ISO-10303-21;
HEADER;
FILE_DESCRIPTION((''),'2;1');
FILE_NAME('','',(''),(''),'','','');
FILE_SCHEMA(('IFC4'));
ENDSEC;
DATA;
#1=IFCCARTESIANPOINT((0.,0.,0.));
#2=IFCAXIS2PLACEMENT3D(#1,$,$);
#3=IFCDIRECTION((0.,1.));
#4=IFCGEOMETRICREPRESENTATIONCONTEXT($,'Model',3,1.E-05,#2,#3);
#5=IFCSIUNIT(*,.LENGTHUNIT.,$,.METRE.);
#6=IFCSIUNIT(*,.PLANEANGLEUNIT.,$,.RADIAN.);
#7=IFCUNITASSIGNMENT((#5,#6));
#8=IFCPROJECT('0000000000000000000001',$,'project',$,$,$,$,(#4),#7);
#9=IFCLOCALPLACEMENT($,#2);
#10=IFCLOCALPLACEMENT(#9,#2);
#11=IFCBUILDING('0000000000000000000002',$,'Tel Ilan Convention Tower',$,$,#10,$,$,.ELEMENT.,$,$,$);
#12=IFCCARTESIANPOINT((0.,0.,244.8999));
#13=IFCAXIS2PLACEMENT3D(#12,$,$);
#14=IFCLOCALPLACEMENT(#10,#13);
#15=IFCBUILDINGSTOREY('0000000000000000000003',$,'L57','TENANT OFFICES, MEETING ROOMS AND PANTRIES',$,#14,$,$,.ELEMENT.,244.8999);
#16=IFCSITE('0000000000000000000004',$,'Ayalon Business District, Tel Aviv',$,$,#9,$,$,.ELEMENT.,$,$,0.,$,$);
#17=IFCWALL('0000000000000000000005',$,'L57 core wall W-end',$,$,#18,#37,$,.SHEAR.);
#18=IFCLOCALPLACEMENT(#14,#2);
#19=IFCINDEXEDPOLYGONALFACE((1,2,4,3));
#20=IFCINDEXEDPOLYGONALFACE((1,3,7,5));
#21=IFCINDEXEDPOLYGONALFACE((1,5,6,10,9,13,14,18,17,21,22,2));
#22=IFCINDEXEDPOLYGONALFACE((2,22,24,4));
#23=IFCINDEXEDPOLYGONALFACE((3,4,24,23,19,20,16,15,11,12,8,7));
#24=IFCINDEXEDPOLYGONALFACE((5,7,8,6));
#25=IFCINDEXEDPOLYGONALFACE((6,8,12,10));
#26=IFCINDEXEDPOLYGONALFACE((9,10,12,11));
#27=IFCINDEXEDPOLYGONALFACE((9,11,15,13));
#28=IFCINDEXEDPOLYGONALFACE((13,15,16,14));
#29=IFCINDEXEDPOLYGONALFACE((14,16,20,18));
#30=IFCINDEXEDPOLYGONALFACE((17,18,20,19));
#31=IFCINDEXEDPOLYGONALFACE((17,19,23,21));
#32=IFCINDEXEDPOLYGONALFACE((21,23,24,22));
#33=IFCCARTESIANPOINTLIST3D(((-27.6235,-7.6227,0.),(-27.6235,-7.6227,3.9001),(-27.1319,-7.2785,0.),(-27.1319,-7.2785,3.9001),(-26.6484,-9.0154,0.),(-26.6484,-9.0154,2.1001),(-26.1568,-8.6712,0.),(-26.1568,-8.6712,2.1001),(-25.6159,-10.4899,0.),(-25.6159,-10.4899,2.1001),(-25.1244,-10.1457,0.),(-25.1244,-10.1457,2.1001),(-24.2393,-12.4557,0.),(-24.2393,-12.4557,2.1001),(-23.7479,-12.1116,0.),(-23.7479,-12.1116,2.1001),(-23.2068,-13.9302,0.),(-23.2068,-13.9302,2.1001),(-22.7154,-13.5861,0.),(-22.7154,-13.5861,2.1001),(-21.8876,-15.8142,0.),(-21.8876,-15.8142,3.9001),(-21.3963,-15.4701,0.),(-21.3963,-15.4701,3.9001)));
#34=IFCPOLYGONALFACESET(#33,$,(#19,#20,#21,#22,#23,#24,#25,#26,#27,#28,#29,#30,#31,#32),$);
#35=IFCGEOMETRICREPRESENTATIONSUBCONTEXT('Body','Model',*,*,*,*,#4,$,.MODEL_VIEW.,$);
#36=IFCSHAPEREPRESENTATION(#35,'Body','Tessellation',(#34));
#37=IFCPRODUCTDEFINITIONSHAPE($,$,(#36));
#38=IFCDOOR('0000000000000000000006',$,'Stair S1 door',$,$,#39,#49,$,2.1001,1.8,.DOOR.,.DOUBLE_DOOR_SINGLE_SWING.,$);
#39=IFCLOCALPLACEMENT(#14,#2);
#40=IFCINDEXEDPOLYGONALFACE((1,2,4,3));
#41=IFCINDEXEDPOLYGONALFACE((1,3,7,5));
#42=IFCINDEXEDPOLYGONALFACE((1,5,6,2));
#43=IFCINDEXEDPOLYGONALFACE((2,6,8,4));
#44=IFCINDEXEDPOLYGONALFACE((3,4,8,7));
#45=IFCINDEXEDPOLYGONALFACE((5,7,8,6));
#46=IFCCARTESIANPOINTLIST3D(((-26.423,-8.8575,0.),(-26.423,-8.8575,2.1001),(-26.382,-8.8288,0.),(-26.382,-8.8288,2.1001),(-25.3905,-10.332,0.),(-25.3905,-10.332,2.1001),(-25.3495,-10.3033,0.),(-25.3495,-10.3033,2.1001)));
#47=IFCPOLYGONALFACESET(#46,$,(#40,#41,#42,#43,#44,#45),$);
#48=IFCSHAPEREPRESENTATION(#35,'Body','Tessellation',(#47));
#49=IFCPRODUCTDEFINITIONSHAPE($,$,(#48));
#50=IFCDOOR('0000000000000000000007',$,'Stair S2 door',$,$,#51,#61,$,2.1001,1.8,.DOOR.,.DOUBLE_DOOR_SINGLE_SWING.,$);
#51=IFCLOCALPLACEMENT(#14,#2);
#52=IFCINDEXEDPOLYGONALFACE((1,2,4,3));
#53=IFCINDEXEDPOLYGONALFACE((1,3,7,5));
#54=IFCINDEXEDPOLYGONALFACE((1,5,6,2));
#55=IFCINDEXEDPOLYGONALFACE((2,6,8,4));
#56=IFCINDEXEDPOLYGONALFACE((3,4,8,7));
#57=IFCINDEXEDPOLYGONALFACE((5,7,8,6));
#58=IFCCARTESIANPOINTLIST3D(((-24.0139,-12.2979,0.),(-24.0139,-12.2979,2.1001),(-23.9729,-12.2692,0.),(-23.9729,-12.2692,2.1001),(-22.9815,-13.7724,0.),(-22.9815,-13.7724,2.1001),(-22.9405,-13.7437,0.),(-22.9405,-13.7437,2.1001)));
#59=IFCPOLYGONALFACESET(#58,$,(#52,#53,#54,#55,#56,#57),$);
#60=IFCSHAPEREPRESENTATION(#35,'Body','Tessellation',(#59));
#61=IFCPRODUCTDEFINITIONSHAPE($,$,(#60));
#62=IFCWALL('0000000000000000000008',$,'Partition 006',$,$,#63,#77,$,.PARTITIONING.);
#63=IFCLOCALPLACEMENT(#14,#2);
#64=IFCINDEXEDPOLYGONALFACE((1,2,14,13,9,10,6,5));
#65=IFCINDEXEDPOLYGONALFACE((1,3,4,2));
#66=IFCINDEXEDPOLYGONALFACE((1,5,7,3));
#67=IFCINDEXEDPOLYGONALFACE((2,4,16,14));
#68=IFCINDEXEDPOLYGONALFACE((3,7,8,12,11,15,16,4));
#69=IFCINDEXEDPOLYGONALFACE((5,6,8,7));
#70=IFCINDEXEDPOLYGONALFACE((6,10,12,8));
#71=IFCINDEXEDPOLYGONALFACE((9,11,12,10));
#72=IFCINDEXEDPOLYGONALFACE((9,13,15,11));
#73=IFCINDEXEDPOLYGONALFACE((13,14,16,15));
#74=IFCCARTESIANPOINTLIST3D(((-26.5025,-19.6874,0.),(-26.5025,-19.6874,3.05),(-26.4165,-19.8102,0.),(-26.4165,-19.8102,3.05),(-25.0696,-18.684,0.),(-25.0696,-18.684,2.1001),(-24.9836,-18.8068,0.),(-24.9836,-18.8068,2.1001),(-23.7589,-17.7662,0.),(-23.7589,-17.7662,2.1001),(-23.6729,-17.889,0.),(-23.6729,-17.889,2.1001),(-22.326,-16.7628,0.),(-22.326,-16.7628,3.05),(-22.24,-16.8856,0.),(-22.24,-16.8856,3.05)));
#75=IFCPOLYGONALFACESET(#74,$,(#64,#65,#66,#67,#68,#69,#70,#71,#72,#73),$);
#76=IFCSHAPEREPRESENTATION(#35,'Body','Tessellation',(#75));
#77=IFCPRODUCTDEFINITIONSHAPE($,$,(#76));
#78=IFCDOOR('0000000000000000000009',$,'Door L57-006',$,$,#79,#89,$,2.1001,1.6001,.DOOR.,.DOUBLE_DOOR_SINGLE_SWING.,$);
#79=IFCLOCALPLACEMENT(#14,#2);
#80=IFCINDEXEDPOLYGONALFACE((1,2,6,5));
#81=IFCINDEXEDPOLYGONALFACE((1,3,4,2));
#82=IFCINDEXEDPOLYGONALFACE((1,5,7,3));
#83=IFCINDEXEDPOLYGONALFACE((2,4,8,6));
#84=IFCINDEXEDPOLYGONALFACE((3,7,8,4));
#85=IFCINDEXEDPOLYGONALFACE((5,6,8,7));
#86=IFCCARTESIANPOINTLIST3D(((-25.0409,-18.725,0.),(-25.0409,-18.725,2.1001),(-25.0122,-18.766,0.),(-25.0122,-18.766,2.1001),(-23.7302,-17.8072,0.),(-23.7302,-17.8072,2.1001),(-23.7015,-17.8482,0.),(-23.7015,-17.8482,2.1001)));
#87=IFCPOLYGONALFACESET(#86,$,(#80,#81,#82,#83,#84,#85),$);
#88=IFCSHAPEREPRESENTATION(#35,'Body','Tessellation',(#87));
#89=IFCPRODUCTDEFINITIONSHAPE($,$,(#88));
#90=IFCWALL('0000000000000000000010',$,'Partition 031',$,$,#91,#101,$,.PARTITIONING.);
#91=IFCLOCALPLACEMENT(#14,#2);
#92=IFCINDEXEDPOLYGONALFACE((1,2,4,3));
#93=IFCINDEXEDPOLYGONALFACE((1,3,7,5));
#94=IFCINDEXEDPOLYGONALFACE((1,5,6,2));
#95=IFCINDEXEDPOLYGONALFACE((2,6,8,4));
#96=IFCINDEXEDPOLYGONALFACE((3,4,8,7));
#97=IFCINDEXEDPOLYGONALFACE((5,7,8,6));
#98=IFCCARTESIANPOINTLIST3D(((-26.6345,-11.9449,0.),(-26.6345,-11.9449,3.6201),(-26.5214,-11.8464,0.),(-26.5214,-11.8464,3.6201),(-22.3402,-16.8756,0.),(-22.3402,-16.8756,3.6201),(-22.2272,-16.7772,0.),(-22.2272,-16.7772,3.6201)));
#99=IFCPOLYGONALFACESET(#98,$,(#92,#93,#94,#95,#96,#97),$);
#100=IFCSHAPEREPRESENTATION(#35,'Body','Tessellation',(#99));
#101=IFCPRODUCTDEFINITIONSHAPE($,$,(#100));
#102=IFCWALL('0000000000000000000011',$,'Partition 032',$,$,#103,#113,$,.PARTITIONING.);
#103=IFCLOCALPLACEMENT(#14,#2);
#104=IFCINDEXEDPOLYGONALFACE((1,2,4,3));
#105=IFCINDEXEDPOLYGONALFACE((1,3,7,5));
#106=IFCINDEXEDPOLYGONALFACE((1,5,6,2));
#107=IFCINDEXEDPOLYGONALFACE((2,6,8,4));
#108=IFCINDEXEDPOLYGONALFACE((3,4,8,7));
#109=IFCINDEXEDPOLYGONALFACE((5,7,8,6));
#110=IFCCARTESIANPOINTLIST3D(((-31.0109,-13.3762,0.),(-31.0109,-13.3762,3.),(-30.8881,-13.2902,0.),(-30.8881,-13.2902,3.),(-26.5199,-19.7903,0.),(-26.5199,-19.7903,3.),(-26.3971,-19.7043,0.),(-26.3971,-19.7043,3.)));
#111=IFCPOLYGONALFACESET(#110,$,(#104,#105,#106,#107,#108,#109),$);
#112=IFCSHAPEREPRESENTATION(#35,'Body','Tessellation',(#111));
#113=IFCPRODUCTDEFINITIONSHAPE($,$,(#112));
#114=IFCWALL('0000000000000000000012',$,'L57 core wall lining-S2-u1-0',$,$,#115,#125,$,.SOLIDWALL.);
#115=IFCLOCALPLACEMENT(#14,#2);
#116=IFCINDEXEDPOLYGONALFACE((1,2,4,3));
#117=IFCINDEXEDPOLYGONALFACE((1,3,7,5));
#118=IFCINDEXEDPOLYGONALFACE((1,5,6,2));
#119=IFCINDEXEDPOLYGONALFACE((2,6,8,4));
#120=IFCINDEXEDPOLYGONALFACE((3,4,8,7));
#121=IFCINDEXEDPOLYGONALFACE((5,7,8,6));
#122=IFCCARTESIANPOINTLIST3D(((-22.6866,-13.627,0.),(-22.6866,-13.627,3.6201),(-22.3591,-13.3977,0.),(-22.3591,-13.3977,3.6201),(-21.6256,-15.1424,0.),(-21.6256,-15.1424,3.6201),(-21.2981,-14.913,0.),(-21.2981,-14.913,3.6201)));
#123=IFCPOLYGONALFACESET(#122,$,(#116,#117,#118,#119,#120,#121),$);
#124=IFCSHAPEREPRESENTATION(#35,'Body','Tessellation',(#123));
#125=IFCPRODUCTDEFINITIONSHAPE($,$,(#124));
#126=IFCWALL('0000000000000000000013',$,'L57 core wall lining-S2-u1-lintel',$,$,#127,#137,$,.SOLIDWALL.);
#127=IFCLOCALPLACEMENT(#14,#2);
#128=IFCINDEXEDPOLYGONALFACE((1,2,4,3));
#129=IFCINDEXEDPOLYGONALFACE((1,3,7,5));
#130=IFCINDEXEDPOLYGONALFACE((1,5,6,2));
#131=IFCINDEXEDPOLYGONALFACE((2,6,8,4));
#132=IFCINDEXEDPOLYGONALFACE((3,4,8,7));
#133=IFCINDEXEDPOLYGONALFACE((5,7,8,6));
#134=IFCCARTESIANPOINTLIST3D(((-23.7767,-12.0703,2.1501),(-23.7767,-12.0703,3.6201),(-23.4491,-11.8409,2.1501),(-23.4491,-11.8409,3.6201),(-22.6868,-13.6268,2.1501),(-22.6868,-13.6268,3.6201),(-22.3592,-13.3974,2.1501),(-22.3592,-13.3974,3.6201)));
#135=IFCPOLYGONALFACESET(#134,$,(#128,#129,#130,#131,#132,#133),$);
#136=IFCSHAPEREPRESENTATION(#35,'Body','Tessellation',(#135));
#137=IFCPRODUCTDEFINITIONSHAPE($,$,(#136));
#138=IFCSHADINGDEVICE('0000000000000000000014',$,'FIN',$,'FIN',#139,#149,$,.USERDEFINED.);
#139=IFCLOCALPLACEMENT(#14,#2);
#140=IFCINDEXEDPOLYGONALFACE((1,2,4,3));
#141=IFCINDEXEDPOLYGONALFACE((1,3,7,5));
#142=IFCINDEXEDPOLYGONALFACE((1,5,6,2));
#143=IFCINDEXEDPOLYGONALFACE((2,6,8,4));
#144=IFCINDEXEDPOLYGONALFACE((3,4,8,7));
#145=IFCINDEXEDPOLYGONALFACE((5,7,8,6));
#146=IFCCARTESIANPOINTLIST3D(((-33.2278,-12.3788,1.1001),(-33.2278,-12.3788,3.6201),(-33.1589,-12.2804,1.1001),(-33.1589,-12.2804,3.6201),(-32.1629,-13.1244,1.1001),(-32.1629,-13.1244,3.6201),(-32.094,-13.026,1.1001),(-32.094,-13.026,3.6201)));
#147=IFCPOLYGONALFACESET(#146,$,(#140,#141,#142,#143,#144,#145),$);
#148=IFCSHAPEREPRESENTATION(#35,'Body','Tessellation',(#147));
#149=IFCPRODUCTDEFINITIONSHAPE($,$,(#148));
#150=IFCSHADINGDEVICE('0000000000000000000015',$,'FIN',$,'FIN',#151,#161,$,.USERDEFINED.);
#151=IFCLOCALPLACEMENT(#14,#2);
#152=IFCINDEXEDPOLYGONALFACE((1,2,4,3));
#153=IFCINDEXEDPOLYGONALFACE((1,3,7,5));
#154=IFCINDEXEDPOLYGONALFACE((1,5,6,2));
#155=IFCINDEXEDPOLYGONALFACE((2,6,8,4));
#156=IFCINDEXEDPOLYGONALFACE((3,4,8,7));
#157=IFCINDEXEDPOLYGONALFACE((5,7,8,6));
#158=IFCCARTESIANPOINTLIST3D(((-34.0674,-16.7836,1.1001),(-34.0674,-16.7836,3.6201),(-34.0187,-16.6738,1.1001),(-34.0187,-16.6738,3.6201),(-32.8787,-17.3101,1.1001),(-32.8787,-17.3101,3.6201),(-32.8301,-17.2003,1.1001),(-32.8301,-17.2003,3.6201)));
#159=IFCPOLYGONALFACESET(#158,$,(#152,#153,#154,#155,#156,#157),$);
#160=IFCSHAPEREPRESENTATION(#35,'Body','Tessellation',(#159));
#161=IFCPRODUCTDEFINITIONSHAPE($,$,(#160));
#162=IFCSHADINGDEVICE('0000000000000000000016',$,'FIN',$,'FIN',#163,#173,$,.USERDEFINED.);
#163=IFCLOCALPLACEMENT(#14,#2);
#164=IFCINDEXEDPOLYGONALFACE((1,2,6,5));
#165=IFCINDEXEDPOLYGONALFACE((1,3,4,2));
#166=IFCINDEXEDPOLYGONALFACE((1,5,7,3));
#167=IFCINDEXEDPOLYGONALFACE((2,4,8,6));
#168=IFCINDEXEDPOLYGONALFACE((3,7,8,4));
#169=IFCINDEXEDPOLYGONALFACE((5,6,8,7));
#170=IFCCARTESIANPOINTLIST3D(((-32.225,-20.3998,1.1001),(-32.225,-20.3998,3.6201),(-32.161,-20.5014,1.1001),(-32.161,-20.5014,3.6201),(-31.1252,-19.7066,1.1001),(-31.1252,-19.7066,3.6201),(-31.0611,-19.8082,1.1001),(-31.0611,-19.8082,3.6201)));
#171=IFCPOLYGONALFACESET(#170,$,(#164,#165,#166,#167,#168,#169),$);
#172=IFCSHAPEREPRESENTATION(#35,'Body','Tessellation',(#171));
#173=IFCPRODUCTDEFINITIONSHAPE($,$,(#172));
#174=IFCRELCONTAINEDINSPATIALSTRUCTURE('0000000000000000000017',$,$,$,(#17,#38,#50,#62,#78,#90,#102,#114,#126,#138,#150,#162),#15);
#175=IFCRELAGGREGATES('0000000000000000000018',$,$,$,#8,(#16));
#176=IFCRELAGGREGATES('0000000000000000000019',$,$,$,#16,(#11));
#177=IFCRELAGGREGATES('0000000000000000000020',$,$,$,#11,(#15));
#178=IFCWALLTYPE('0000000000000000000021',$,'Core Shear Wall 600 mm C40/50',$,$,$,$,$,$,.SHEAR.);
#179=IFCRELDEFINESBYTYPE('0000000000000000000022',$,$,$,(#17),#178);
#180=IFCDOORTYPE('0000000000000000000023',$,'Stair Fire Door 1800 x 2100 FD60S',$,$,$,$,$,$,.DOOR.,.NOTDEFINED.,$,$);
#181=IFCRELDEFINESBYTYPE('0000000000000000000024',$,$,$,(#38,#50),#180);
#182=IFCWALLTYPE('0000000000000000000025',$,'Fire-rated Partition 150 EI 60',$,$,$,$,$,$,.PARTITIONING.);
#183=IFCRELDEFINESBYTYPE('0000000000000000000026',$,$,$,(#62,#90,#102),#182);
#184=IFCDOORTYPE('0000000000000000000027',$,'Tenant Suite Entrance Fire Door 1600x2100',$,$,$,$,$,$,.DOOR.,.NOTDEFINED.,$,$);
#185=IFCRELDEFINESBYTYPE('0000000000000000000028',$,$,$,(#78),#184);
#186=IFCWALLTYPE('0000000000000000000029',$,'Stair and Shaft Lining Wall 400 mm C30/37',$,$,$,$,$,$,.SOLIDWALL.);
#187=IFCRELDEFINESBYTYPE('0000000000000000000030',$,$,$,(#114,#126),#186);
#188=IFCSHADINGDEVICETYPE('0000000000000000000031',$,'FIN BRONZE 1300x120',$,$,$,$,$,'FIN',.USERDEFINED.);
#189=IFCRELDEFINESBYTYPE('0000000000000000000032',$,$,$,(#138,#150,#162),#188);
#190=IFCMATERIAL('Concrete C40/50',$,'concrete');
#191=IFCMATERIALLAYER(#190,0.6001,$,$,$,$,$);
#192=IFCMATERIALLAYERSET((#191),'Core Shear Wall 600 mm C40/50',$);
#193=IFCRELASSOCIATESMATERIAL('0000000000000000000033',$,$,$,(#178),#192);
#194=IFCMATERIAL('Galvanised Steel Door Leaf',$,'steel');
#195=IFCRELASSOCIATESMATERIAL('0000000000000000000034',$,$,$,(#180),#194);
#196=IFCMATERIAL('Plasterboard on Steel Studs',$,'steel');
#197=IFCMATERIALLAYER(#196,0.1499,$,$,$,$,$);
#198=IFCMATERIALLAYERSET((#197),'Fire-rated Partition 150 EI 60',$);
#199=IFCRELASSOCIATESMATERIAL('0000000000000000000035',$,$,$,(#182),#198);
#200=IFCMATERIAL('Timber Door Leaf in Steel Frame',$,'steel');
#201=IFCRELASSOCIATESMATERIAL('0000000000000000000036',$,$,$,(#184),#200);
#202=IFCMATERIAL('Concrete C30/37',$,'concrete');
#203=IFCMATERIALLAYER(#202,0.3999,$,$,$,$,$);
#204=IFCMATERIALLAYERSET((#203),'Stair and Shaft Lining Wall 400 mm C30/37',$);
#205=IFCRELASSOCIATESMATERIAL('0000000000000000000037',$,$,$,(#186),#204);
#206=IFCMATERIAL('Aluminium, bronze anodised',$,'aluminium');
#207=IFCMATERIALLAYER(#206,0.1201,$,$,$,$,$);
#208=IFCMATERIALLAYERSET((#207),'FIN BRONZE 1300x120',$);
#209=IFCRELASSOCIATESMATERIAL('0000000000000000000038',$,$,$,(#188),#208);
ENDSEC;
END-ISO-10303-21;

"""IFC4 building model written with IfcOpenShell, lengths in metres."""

from ifc_helpers import new_model, si_unit, direction, frame, frame_2d, origin, origin_2d, place, context, subcontext, project, spatial, polyline, rectangle, outline, extrude, material, layer, layer_set, type_object, element, fill, save


model = new_model("IFC4")

# Units and contexts
model_context = context("Model", 3, precision=1e-05, world=origin(), true_north=direction((0.0, 1.0)))
body_context = subcontext(model_context, "Body", "Model", "MODEL_VIEW")
ifc_project = project(units=[si_unit("LENGTHUNIT", "METRE"), si_unit("PLANEANGLEUNIT", "RADIAN")], contexts=[model_context])

# Site, building, storey
site_placement = place(None, origin())
site = spatial("IfcSite", under=ifc_project, at=site_placement, Name="Ayalon Business District, Tel Aviv", CompositionType="ELEMENT", RefElevation=0.0)
building_placement = place(site_placement, origin())
building = spatial("IfcBuilding", under=site, at=building_placement, Name="Tel Ilan Convention Tower", CompositionType="ELEMENT")
storey_placement = place(building_placement, frame((0.0, 0.0, 244.8999)))
storey = spatial("IfcBuildingStorey", under=building, at=storey_placement, Name="L57", Description="TENANT OFFICES, MEETING ROOMS AND PANTRIES", CompositionType="ELEMENT", Elevation=244.8999)

# Wall, openings, doors
ifc_material_1 = material(Name="Concrete C40/50", Category="concrete")
ifc_layer_1 = layer(ifc_material_1, 0.6001)
ifc_layer_set_1 = layer_set([ifc_layer_1], Name="Core Shear Wall 600 mm C40/50")
wall_type_1 = type_object("IfcWallType", Name="Core Shear Wall 600 mm C40/50", PredefinedType="SHEAR", material=ifc_layer_set_1)
wall_1_placement = place(storey_placement, frame((-21.6418, -15.6421, 0.0), z_axis=(0.0, 0.0, 1.0), x_axis=(-0.573587, 0.819145, 0.0)))
wall_1 = element("IfcWall", 1, at=wall_1_placement, inside=storey, type_object=wall_type_1, Name="L57 core wall W-end", PredefinedType="SHEAR", context=body_context, shape_type="SweptSolid", body=[
    extrude(outline(polyline([(0.0, 0.3), (0.0, -0.2998), (10.0, -0.3), (10.0, 0.3), (0.0, 0.3)])), origin(), (0.0, 0.0, 1.0), 3.9001),
])
opening_1_placement = place(wall_1_placement, frame((6.5, 0.0, 0.0)))
opening_1 = element("IfcOpeningElement", 2, at=opening_1_placement, cuts=wall_1, PredefinedType="OPENING", context=body_context, shape_type="SweptSolid", body=[
    extrude(rectangle(XDim=1.8, YDim=2.1001, at=frame_2d((0.8999, 1.05))), frame((0.0, 0.3101, 0.0), z_axis=(0.0, -1.0, 0.0), x_axis=(1.0, 0.0, 0.0)), (0.0, 0.0, 1.0), 0.6201),
])
opening_2_placement = place(wall_1_placement, frame((2.3, 0.0, 0.0)))
opening_2 = element("IfcOpeningElement", 3, at=opening_2_placement, cuts=wall_1, PredefinedType="OPENING", context=body_context, shape_type="SweptSolid", body=[
    extrude(rectangle(XDim=1.8, YDim=2.1001, at=frame_2d((0.8999, 1.05))), frame((0.0, 0.3101, 0.0), z_axis=(0.0, -1.0, 0.0), x_axis=(1.0, 0.0, 0.0)), (0.0, 0.0, 1.0), 0.6201),
])
ifc_material_2 = material(Name="Galvanised Steel Door Leaf", Category="steel")
door_type_1 = type_object("IfcDoorType", Name="Stair Fire Door 1800 x 2100 FD60S", OperationType="NOTDEFINED", PredefinedType="DOOR", material=ifc_material_2)
door_1_placement = place(opening_1_placement, origin())
door_1 = element("IfcDoor", 4, at=door_1_placement, inside=storey, type_object=door_type_1, Name="Stair S1 door", OperationType="DOUBLE_DOOR_SINGLE_SWING", OverallHeight=2.1001, OverallWidth=1.8, PredefinedType="DOOR", context=body_context, shape_type="SweptSolid", body=[
    extrude(rectangle(XDim=1.8, YDim=2.1001, at=frame_2d((0.8999, 1.05))), frame((0.0, 0.0249, 0.0), z_axis=(0.0, -1.0, 0.0), x_axis=(1.0, 0.0, 0.0)), (0.0, 0.0, 1.0), 0.05),
])
fill(opening_1, door_1)
door_2_placement = place(opening_2_placement, origin())
door_2 = element("IfcDoor", 5, at=door_2_placement, inside=storey, type_object=door_type_1, Name="Stair S2 door", OperationType="DOUBLE_DOOR_SINGLE_SWING", OverallHeight=2.1001, OverallWidth=1.8, PredefinedType="DOOR", context=body_context, shape_type="SweptSolid", body=[
    extrude(rectangle(XDim=1.8, YDim=2.1001, at=frame_2d((0.8999, 1.05))), frame((0.0, 0.0249, 0.0), z_axis=(0.0, -1.0, 0.0), x_axis=(1.0, 0.0, 0.0)), (0.0, 0.0, 1.0), 0.05),
])
fill(opening_2, door_2)

# Wall, opening, door
ifc_material_3 = material(Name="Plasterboard on Steel Studs", Category="steel")
ifc_layer_2 = layer(ifc_material_3, 0.1499)
ifc_layer_set_2 = layer_set([ifc_layer_2], Name="Fire-rated Partition 150 EI 60")
wall_type_2 = type_object("IfcWallType", Name="Fire-rated Partition 150 EI 60", PredefinedType="PARTITIONING", material=ifc_layer_set_2)
wall_2_placement = place(storey_placement, frame((-26.4595, -19.7488, 0.0), z_axis=(0.0, 0.0, 1.0), x_axis=(0.81914, 0.573594, 0.0)))
wall_2 = element("IfcWall", 6, at=wall_2_placement, inside=storey, type_object=wall_type_2, Name="Partition 006", PredefinedType="PARTITIONING", context=body_context, shape_type="SweptSolid", body=[
    extrude(rectangle(XDim=5.0986, YDim=0.1499, at=frame_2d((2.5493, 0.0))), origin(), (0.0, 0.0, 1.0), 3.05),
])
opening_3_placement = place(wall_2_placement, frame((1.7493, 0.0, 0.0)))
opening_3 = element("IfcOpeningElement", 7, at=opening_3_placement, cuts=wall_2, PredefinedType="OPENING", context=body_context, shape_type="SweptSolid", body=[
    extrude(rectangle(XDim=1.6001, YDim=2.1001, at=frame_2d((0.8, 1.05))), frame((0.0, 0.085, 0.0), z_axis=(0.0, -1.0, 0.0), x_axis=(1.0, 0.0, 0.0)), (0.0, 0.0, 1.0), 0.1699),
])
ifc_material_4 = material(Name="Timber Door Leaf in Steel Frame", Category="steel")
door_type_2 = type_object("IfcDoorType", Name="Tenant Suite Entrance Fire Door 1600x2100", OperationType="NOTDEFINED", PredefinedType="DOOR", material=ifc_material_4)
door_3_placement = place(opening_3_placement, origin())
door_3 = element("IfcDoor", 8, at=door_3_placement, inside=storey, type_object=door_type_2, Name="Door L57-006", OperationType="DOUBLE_DOOR_SINGLE_SWING", OverallHeight=2.1001, OverallWidth=1.6001, PredefinedType="DOOR", context=body_context, shape_type="SweptSolid", body=[
    extrude(rectangle(XDim=1.6001, YDim=2.1001, at=frame_2d((0.8, 1.05))), frame((0.0, 0.0249, 0.0), z_axis=(0.0, -1.0, 0.0), x_axis=(1.0, 0.0, 0.0)), (0.0, 0.0, 1.0), 0.05),
])
fill(opening_3, door_3)

# Walls
wall_3_placement = place(storey_placement, frame((-22.2837, -16.8264, 0.0), z_axis=(0.0, 0.0, 1.0), x_axis=(-0.656758, 0.754101, 0.0)))
element("IfcWall", 9, at=wall_3_placement, inside=storey, type_object=wall_type_2, Name="Partition 031", PredefinedType="PARTITIONING", context=body_context, shape_type="SweptSolid", body=[
    extrude(rectangle(XDim=6.5386, YDim=0.1499, at=frame_2d((3.2693, 0.0))), origin(), (0.0, 0.0, 1.0), 3.6201),
])
wall_4_placement = place(storey_placement, frame((-26.4585, -19.7473, 0.0), z_axis=(0.0, 0.0, 1.0), x_axis=(-0.573559, 0.819165, 0.0)))
element("IfcWall", 10, at=wall_4_placement, inside=storey, type_object=wall_type_2, Name="Partition 032", PredefinedType="PARTITIONING", context=body_context, shape_type="SweptSolid", body=[
    extrude(rectangle(XDim=7.8301, YDim=0.1499, at=frame_2d((3.915, 0.0))), origin(), (0.0, 0.0, 1.0), 3.0),
])
ifc_material_5 = material(Name="Concrete C30/37", Category="concrete")
ifc_layer_3 = layer(ifc_material_5, 0.3999)
ifc_layer_set_3 = layer_set([ifc_layer_3], Name="Stair and Shaft Lining Wall 400 mm C30/37")
wall_type_3 = type_object("IfcWallType", Name="Stair and Shaft Lining Wall 400 mm C30/37", PredefinedType="SOLIDWALL", material=ifc_layer_set_3)
wall_5_placement = place(storey_placement, frame((-21.4619, -15.0276, 0.0), z_axis=(0.0, 0.0, 1.0), x_axis=(-0.57356, 0.819164, 0.0)))
element("IfcWall", 11, at=wall_5_placement, inside=storey, type_object=wall_type_3, Name="L57 core wall lining-S2-u1-0", PredefinedType="SOLIDWALL", context=body_context, shape_type="SweptSolid", body=[
    extrude(rectangle(XDim=1.8499, YDim=0.3999, at=frame_2d((0.9248, 0.0))), origin(), (0.0, 0.0, 1.0), 3.6201),
])
wall_6_placement = place(storey_placement, frame((-22.5229, -13.5122, 2.1501), z_axis=(0.0, 0.0, 1.0), x_axis=(-0.573592, 0.819141, 0.0)))
element("IfcWall", 12, at=wall_6_placement, inside=storey, type_object=wall_type_3, Name="L57 core wall lining-S2-u1-lintel", PredefinedType="SOLIDWALL", context=body_context, shape_type="SweptSolid", body=[
    extrude(rectangle(XDim=1.9001, YDim=0.3999, at=frame_2d((0.9502, 0.0))), origin(), (0.0, 0.0, 1.0), 1.47),
])

# Shading devices
ifc_material_6 = material(Name="Aluminium, bronze anodised", Category="aluminium")
ifc_layer_4 = layer(ifc_material_6, 0.1201)
ifc_layer_set_4 = layer_set([ifc_layer_4], Name="FIN BRONZE 1300x120")
shading_device_type = type_object("IfcShadingDeviceType", Name="FIN BRONZE 1300x120", ElementType="FIN", PredefinedType="USERDEFINED", material=ifc_layer_set_4)
for number, where, z_axis, x_axis, name in (
    (13, (-32.6609, -12.7024, 1.1001), (0.0, 0.0, 1.0), (-0.819152, 0.573576, 0.0), "FIN"),
    (14, (-33.4487, -16.9919, 1.1001), (0.0, 0.0, 1.0), (-0.914333, 0.404964, 0.0), "FIN"),
    (15, (-31.6431, -20.104, 1.1001), (0.0, 0.0, 1.0), (-0.845986, -0.533204, 0.0), "FIN"),
):
    element("IfcShadingDevice", number, at=place(storey_placement, frame(where, z_axis=z_axis, x_axis=x_axis)), inside=storey, type_object=shading_device_type, Name=name, ObjectType="FIN", PredefinedType="USERDEFINED", context=body_context, shape_type="SweptSolid", body=[
        extrude(rectangle(XDim=1.3, YDim=0.1201, at=origin_2d()), origin(), (0.0, 0.0, 1.0), 2.52),
    ])

save(model, "model.ifc")
